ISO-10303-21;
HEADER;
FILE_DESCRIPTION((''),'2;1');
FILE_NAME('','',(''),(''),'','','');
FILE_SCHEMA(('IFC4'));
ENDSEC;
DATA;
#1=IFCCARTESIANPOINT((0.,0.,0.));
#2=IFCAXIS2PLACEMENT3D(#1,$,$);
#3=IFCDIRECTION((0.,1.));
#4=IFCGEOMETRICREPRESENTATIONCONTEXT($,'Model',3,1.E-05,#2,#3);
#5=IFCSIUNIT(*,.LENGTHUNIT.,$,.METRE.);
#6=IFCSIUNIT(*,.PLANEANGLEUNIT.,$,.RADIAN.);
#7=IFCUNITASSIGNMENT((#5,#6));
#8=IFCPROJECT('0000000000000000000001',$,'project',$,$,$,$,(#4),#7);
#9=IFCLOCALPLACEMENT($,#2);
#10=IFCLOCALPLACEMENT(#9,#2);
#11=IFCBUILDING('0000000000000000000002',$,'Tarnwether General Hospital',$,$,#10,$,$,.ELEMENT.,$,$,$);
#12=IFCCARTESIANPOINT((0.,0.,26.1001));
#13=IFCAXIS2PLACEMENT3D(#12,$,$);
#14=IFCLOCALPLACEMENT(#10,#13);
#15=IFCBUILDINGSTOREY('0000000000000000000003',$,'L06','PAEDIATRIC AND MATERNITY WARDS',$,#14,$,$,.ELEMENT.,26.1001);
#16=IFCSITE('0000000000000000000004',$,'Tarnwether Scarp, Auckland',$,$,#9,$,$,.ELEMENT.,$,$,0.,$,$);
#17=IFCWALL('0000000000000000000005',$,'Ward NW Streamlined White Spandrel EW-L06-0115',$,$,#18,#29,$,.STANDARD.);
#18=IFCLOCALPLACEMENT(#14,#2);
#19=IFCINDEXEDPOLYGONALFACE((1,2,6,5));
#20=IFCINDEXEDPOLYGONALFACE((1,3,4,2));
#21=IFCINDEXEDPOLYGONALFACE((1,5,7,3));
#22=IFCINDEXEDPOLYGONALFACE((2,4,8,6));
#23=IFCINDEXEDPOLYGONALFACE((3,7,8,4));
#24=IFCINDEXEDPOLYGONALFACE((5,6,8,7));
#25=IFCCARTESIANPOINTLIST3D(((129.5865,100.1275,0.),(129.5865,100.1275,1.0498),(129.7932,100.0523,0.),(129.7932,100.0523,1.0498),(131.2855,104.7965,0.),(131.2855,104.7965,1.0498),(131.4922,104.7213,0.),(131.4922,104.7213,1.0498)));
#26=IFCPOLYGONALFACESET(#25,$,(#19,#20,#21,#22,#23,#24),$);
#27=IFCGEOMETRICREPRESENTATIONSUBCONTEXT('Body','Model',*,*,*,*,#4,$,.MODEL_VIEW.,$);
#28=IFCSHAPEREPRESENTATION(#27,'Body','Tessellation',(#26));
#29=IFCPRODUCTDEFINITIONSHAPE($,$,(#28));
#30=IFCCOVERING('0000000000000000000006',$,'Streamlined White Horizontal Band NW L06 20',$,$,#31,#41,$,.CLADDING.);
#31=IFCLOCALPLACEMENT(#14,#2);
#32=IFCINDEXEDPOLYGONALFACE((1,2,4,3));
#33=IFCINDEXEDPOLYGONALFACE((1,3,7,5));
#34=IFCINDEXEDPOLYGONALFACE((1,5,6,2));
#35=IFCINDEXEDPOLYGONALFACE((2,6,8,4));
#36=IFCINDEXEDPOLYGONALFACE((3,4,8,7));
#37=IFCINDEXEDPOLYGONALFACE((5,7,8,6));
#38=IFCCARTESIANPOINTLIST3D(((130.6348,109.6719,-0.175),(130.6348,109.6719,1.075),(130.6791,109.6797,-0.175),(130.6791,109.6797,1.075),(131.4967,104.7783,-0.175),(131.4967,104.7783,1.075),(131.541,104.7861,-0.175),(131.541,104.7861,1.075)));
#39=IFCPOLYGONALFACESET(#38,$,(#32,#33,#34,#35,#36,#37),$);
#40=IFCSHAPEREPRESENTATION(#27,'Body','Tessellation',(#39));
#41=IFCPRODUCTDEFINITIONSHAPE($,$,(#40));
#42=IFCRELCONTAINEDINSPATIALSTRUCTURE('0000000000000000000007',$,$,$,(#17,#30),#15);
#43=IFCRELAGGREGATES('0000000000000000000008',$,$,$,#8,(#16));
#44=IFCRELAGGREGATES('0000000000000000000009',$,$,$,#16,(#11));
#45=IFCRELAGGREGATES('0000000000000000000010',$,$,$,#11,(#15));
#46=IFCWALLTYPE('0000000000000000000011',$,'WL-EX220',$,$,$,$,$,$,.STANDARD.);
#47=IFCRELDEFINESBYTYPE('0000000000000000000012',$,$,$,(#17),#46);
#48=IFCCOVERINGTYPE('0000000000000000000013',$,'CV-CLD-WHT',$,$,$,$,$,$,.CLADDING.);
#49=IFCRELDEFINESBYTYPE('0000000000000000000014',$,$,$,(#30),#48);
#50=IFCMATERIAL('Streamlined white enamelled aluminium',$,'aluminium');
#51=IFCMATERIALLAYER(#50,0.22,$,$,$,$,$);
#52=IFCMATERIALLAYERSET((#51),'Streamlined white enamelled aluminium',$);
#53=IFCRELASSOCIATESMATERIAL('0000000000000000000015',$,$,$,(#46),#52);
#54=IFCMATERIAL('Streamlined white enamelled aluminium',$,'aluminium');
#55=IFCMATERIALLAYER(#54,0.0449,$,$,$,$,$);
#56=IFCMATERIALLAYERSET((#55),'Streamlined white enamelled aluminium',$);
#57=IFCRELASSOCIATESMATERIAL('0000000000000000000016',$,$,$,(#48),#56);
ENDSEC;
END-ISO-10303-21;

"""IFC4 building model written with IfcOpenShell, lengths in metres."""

from ifc_helpers import new_model, si_unit, direction, frame, frame_2d, origin, origin_2d, place, context, subcontext, project, spatial, rectangle, extrude, material, layer, layer_set, type_object, element, save


model = new_model("IFC4")

# Units and contexts
model_context = context("Model", 3, precision=1e-05, world=origin(), true_north=direction((0.0, 1.0)))
body_context = subcontext(model_context, "Body", "Model", "MODEL_VIEW")
ifc_project = project(units=[si_unit("LENGTHUNIT", "METRE"), si_unit("PLANEANGLEUNIT", "RADIAN")], contexts=[model_context])

# Site, building, storey
site_placement = place(None, origin())
site = spatial("IfcSite", under=ifc_project, at=site_placement, Name="Tarnwether Scarp, Auckland", CompositionType="ELEMENT", RefElevation=0.0)
building_placement = place(site_placement, origin())
building = spatial("IfcBuilding", under=site, at=building_placement, Name="Tarnwether General Hospital", CompositionType="ELEMENT")
storey_placement = place(building_placement, frame((0.0, 0.0, 26.1001)))
storey = spatial("IfcBuildingStorey", under=building, at=storey_placement, Name="L06", Description="PAEDIATRIC AND MATERNITY WARDS", CompositionType="ELEMENT", Elevation=26.1001)

# Wall
ifc_material_1 = material(Name="Streamlined white enamelled aluminium", Category="aluminium")
ifc_layer_1 = layer(ifc_material_1, 0.22)
ifc_layer_set_1 = layer_set([ifc_layer_1], Name="Streamlined white enamelled aluminium")
wall_type = type_object("IfcWallType", Name="WL-EX220", PredefinedType="STANDARD", material=ifc_layer_set_1)
wall_placement = place(storey_placement, frame((131.3889, 104.759, 0.0), z_axis=(0.0, 0.0, 1.0), x_axis=(-0.341952, -0.939717, 0.0)))
element("IfcWall", 1, at=wall_placement, inside=storey, type_object=wall_type, Name="Ward NW Streamlined White Spandrel EW-L06-0115", PredefinedType="STANDARD", context=body_context, shape_type="SweptSolid", body=[
    extrude(rectangle(XDim=4.9685, YDim=0.22, at=frame_2d((2.4844, 0.0))), origin(), (0.0, 0.0, 1.0), 1.0498),
])

# Covering
ifc_material_2 = material(Name="Streamlined white enamelled aluminium", Category="aluminium")
ifc_layer_2 = layer(ifc_material_2, 0.0449)
ifc_layer_set_2 = layer_set([ifc_layer_2], Name="Streamlined white enamelled aluminium")
covering_type = type_object("IfcCoveringType", Name="CV-CLD-WHT", PredefinedType="CLADDING", material=ifc_layer_set_2)
covering_placement = place(storey_placement, frame((131.0879, 107.229, -0.175), z_axis=(0.0, 0.0, 1.0), x_axis=(0.173459, -0.984841, 0.0)))
element("IfcCovering", 2, at=covering_placement, inside=storey, type_object=covering_type, Name="Streamlined White Horizontal Band NW L06 20", PredefinedType="CLADDING", context=body_context, shape_type="SweptSolid", body=[
    extrude(rectangle(XDim=4.969, YDim=0.0449, at=origin_2d()), origin(), (0.0, 0.0, 1.0), 1.25),
])

save(model, "model.ifc")
